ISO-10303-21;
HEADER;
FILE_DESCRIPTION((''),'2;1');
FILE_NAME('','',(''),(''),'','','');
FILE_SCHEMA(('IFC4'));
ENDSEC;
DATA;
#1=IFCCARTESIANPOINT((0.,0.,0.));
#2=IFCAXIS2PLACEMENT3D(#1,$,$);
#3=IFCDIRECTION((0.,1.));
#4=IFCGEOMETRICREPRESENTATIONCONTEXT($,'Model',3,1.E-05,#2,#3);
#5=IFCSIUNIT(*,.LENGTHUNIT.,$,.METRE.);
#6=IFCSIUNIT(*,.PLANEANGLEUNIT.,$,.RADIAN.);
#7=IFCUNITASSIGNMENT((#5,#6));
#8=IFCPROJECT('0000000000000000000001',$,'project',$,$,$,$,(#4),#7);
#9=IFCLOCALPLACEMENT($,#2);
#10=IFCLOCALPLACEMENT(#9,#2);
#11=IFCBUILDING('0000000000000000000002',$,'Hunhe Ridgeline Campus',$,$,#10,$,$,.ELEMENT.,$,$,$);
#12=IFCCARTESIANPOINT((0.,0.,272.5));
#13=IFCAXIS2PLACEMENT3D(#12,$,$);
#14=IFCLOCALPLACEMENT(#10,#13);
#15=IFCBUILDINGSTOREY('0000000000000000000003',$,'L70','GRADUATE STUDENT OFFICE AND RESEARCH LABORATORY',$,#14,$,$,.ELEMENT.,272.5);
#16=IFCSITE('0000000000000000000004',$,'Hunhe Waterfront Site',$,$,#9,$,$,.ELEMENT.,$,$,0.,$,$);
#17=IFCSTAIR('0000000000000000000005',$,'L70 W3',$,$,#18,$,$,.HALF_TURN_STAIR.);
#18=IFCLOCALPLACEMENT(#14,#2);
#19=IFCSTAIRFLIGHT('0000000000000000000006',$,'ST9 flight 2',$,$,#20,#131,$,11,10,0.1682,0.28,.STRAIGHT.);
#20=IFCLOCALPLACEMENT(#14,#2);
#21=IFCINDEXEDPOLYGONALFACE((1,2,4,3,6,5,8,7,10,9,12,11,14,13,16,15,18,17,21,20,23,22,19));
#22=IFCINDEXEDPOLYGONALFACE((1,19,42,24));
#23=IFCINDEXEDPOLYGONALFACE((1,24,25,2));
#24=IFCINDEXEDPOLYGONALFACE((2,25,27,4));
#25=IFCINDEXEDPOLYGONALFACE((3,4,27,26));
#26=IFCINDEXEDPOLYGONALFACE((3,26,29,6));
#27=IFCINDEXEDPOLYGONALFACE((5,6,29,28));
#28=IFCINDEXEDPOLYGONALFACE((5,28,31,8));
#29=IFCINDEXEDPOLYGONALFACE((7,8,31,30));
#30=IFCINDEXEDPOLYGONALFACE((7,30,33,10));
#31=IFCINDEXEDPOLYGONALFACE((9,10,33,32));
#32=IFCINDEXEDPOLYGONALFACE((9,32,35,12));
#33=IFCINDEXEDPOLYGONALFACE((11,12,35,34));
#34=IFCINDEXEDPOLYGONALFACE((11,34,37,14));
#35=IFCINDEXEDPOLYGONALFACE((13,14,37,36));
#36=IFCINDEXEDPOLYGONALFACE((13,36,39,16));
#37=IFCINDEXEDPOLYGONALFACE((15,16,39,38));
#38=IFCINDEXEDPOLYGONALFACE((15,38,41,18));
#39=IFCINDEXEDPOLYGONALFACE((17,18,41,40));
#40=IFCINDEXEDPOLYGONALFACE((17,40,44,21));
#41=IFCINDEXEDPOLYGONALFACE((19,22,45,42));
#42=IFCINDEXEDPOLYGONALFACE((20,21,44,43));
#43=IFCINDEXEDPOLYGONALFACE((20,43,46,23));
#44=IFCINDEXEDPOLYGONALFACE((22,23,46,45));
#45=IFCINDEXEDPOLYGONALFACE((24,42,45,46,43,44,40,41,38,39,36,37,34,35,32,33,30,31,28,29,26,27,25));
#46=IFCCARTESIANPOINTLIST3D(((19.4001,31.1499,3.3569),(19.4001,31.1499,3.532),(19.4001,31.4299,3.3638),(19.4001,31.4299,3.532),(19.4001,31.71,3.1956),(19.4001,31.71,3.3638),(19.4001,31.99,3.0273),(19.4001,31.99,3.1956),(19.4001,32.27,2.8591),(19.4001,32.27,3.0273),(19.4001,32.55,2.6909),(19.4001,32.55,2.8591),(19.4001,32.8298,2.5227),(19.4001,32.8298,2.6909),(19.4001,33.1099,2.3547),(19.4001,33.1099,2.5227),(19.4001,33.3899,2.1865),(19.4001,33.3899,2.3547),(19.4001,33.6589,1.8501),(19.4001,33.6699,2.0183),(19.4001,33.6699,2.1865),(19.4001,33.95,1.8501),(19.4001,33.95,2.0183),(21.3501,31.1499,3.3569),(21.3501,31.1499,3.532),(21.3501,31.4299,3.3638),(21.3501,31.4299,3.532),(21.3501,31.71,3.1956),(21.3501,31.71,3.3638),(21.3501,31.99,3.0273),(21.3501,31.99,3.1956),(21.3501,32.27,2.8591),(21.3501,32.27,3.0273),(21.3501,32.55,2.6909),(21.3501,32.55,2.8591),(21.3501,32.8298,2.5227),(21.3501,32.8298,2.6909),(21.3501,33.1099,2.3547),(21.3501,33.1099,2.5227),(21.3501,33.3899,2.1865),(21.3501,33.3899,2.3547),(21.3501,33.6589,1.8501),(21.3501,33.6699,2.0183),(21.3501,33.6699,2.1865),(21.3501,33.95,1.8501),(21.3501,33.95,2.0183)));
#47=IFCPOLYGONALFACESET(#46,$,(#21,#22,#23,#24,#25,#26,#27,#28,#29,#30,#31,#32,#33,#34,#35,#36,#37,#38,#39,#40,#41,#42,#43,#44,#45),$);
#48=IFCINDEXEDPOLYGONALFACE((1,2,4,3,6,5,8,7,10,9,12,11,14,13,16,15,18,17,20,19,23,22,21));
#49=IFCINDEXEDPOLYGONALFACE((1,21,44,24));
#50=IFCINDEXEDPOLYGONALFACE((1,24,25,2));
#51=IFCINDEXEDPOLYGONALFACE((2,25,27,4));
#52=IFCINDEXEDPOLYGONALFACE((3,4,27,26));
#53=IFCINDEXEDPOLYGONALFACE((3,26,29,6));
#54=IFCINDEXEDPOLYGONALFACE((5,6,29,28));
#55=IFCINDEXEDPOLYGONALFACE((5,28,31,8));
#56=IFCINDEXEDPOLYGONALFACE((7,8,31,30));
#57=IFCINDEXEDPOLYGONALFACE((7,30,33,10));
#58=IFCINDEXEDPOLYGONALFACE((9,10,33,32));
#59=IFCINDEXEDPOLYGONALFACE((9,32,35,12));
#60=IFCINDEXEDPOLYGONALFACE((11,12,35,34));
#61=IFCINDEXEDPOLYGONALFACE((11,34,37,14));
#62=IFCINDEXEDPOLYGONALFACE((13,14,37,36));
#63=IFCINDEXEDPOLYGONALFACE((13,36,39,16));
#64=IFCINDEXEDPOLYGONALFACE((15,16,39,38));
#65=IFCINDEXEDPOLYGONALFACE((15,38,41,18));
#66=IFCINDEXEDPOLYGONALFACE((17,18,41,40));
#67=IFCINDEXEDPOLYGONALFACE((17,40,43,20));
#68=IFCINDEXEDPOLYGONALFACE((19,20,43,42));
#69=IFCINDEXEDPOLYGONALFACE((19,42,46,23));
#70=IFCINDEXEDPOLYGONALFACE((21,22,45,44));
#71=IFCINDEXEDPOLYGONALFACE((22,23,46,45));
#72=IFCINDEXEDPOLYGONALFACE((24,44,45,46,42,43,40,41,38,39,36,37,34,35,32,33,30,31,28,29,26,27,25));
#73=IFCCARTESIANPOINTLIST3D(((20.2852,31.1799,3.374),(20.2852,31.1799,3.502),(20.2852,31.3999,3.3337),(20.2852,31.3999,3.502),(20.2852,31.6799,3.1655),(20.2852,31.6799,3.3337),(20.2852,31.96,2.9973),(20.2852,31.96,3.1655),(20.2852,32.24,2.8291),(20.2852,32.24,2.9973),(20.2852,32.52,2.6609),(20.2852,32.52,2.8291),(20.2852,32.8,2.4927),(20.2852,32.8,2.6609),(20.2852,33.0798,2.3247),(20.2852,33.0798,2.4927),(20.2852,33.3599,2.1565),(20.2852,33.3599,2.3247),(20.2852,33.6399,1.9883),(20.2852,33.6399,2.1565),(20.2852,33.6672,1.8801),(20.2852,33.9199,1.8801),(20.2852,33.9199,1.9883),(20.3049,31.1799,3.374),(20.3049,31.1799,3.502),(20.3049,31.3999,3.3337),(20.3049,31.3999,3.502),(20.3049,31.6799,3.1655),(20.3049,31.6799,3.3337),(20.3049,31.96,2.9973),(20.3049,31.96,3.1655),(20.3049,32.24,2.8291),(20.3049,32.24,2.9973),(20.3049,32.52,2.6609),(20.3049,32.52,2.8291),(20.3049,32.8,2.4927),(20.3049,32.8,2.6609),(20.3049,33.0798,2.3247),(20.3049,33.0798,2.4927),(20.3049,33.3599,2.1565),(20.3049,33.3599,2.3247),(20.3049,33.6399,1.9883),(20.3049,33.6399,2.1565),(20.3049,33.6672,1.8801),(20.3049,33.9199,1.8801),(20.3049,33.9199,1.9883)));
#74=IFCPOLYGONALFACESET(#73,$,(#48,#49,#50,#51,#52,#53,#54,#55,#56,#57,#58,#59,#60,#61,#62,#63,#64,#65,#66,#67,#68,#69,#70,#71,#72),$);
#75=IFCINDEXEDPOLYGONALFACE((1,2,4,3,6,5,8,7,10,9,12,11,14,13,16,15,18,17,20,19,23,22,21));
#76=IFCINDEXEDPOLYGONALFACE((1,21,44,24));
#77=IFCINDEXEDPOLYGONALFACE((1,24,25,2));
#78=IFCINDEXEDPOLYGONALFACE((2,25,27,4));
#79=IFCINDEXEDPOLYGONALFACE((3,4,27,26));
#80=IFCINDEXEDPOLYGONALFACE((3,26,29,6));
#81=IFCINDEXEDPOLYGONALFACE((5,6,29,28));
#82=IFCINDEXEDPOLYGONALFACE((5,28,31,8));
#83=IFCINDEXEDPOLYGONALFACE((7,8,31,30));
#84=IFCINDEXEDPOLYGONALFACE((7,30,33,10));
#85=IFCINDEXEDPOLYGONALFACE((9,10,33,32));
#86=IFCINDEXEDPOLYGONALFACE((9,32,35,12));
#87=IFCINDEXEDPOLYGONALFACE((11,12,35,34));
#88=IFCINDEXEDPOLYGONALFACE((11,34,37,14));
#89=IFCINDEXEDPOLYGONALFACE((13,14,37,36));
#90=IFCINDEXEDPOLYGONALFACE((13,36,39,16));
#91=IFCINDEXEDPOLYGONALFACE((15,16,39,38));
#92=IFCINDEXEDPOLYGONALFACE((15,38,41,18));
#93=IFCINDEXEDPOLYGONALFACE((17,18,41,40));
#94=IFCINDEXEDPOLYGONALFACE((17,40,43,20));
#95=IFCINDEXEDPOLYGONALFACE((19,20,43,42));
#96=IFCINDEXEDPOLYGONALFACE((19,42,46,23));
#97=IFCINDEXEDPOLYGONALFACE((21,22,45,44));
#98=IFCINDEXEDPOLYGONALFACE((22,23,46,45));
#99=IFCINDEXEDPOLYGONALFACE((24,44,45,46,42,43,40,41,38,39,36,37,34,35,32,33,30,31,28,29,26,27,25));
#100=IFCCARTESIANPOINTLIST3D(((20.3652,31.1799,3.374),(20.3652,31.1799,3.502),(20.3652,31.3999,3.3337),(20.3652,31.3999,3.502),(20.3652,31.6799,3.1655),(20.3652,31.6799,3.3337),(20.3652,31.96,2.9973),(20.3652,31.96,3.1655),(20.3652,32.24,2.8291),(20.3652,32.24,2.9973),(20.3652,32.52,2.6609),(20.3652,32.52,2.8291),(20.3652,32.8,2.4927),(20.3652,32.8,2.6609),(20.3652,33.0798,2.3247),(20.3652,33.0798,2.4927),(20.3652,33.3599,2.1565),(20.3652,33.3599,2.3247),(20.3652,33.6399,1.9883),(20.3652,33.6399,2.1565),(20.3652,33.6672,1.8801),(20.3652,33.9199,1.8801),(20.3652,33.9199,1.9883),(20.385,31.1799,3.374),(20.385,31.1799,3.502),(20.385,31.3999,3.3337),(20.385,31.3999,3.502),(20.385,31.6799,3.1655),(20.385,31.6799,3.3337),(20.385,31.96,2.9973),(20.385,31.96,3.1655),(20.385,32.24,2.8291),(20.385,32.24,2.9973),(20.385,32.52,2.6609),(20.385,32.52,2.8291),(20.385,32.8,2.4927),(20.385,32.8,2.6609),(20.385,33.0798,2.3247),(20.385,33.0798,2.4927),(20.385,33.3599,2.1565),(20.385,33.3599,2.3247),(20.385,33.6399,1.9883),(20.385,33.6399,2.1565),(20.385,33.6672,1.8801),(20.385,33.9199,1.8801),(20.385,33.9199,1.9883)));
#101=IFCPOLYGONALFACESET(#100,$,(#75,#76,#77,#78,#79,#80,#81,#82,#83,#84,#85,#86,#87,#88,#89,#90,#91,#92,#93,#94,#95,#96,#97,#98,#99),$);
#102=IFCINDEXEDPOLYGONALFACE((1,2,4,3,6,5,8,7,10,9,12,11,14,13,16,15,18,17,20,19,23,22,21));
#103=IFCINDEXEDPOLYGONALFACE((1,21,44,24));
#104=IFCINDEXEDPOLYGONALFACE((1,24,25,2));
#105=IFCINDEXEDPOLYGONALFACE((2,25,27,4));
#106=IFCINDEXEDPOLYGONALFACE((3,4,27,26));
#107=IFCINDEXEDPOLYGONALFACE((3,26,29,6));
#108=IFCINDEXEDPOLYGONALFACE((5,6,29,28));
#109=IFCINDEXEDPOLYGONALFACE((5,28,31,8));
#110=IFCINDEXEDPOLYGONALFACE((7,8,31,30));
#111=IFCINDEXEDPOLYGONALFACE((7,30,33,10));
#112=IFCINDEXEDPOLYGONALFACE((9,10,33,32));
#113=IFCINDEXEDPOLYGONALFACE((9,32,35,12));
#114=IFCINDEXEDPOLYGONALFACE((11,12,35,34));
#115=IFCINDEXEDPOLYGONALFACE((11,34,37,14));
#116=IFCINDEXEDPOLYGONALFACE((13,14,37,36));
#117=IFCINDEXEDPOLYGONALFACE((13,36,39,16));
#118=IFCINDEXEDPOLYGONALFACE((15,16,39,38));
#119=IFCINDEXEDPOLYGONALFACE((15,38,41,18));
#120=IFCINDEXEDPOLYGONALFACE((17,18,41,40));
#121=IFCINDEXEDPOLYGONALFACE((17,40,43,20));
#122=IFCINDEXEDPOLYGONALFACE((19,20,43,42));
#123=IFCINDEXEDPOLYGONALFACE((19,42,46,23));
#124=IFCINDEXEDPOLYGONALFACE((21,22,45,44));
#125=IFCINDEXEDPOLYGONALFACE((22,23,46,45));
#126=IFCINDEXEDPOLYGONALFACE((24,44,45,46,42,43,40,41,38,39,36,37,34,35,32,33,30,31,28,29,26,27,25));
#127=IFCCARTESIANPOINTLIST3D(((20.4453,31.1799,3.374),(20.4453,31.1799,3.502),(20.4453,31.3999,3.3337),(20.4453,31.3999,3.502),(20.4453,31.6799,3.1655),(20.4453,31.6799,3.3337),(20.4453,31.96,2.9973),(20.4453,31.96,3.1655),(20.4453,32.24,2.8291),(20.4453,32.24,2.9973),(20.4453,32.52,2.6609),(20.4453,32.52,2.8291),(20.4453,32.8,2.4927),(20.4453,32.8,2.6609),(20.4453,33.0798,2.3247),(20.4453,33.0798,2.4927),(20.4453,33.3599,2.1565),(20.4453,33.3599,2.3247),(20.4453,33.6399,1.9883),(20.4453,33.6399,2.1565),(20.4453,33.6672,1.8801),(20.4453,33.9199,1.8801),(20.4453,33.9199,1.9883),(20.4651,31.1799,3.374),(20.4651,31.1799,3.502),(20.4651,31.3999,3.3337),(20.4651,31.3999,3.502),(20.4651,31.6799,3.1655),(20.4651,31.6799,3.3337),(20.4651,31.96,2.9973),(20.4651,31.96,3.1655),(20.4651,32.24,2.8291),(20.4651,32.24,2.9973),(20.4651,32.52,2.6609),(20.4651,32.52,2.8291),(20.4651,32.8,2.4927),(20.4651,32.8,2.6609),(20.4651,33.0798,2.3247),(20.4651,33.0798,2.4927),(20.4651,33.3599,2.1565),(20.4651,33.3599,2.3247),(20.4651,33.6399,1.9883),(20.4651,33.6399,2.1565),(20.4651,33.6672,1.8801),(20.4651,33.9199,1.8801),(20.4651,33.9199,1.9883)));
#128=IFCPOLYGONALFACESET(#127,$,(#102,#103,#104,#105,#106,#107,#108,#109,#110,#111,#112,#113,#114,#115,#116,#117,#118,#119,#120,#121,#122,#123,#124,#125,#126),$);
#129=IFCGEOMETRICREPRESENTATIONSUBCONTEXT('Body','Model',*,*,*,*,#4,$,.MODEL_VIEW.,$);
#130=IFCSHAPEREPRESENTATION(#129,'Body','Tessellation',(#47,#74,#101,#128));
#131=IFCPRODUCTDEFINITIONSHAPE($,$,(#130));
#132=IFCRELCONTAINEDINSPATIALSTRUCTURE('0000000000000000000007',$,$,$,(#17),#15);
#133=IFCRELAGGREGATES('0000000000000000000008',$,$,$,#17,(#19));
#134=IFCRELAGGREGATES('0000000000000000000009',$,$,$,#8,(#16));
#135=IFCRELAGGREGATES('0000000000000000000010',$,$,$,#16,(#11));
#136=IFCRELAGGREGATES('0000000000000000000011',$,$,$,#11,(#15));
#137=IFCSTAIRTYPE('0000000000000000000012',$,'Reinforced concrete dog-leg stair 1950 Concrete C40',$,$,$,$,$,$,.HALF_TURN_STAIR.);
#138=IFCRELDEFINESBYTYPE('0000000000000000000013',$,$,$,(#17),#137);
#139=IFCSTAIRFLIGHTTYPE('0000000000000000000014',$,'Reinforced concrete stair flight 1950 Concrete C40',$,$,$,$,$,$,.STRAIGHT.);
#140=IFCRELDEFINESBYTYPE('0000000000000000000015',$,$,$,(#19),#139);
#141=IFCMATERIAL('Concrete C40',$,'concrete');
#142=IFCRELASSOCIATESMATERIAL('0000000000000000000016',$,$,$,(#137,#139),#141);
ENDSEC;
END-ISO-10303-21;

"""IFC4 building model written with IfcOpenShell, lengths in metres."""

from ifc_helpers import new_model, si_unit, direction, frame, origin, place, context, subcontext, project, spatial, polyline, outline, extrude, material, type_object, element, aggregate, save


model = new_model("IFC4")

# Units and contexts
model_context = context("Model", 3, precision=1e-05, world=origin(), true_north=direction((0.0, 1.0)))
body_context = subcontext(model_context, "Body", "Model", "MODEL_VIEW")
ifc_project = project(units=[si_unit("LENGTHUNIT", "METRE"), si_unit("PLANEANGLEUNIT", "RADIAN")], contexts=[model_context])

# Site, building, storey
site_placement = place(None, origin())
site = spatial("IfcSite", under=ifc_project, at=site_placement, Name="Hunhe Waterfront Site", CompositionType="ELEMENT", RefElevation=0.0)
building_placement = place(site_placement, origin())
building = spatial("IfcBuilding", under=site, at=building_placement, Name="Hunhe Ridgeline Campus", CompositionType="ELEMENT")
storey_placement = place(building_placement, frame((0.0, 0.0, 272.5)))
storey = spatial("IfcBuildingStorey", under=building, at=storey_placement, Name="L70", Description="GRADUATE STUDENT OFFICE AND RESEARCH LABORATORY", CompositionType="ELEMENT", Elevation=272.5)

# Stair, stair flight
ifc_material_1 = material(Name="Concrete C40", Category="concrete")
stair_type = type_object("IfcStairType", Name="Reinforced concrete dog-leg stair 1950 Concrete C40", PredefinedType="HALF_TURN_STAIR", material=ifc_material_1)
stair_placement = place(storey_placement, origin())
stair = element("IfcStair", 1, at=stair_placement, inside=storey, type_object=stair_type, Name="L70 W3", PredefinedType="HALF_TURN_STAIR")
stair_flight_type = type_object("IfcStairFlightType", Name="Reinforced concrete stair flight 1950 Concrete C40", PredefinedType="STRAIGHT", material=ifc_material_1)
stair_flight_placement = place(storey_placement, frame((20.375, 33.95, 1.8501), z_axis=(0.0, 0.0, 1.0), x_axis=(0.0, -1.0, 0.0)))
stair_flight = element("IfcStairFlight", 2, at=stair_flight_placement, type_object=stair_flight_type, Name="ST9 flight 2", NumberOfRisers=11, NumberOfTreads=10, PredefinedType="STRAIGHT", RiserHeight=0.1682, TreadLength=0.28, context=body_context, shape_type="SweptSolid", body=[
    extrude(outline(polyline([(0.0, 0.0), (0.0, 0.1682), (0.28, 0.1682), (0.28, 0.3364), (0.5601, 0.3364), (0.5601, 0.5046), (0.8401, 0.5046), (0.8401, 0.6726), (1.1201, 0.6726), (1.1201, 0.8408), (1.3999, 0.8408), (1.3999, 1.009), (1.6799, 1.009), (1.6799, 1.1772), (1.96, 1.1772), (1.96, 1.3455), (2.24, 1.3455), (2.24, 1.5137), (2.52, 1.5137), (2.52, 1.6819), (2.8, 1.6819), (2.8, 1.8501), (2.8, 1.5068), (0.291, 0.0), (0.0, 0.0)])), frame((0.0, 0.9751, 0.0), z_axis=(0.0, -1.0, 0.0), x_axis=(1.0, 0.0, 0.0)), (0.0, 0.0, 1.0), 1.95),
    extrude(outline(polyline([(0.03, 0.03), (0.03, 0.1382), (0.3101, 0.1382), (0.3101, 0.3064), (0.5901, 0.3064), (0.5901, 0.4746), (0.8701, 0.4746), (0.8701, 0.6426), (1.1499, 0.6426), (1.1499, 0.8108), (1.4299, 0.8108), (1.4299, 0.979), (1.71, 0.979), (1.71, 1.1472), (1.99, 1.1472), (1.99, 1.3154), (2.27, 1.3154), (2.27, 1.4836), (2.55, 1.4836), (2.55, 1.6519), (2.77, 1.6519), (2.77, 1.5239), (0.2827, 0.03), (0.03, 0.03)])), frame((0.0, -0.0701, 0.0), z_axis=(0.0, -1.0, 0.0), x_axis=(1.0, 0.0, 0.0)), (0.0, 0.0, 1.0), 0.0198),
    extrude(outline(polyline([(0.03, 0.03), (0.03, 0.1382), (0.3101, 0.1382), (0.3101, 0.3064), (0.5901, 0.3064), (0.5901, 0.4746), (0.8701, 0.4746), (0.8701, 0.6426), (1.1499, 0.6426), (1.1499, 0.8108), (1.4299, 0.8108), (1.4299, 0.979), (1.71, 0.979), (1.71, 1.1472), (1.99, 1.1472), (1.99, 1.3154), (2.27, 1.3154), (2.27, 1.4836), (2.55, 1.4836), (2.55, 1.6519), (2.77, 1.6519), (2.77, 1.5239), (0.2827, 0.03), (0.03, 0.03)])), frame((0.0, 0.01, 0.0), z_axis=(0.0, -1.0, 0.0), x_axis=(1.0, 0.0, 0.0)), (0.0, 0.0, 1.0), 0.0198),
    extrude(outline(polyline([(0.03, 0.03), (0.03, 0.1382), (0.3101, 0.1382), (0.3101, 0.3064), (0.5901, 0.3064), (0.5901, 0.4746), (0.8701, 0.4746), (0.8701, 0.6426), (1.1499, 0.6426), (1.1499, 0.8108), (1.4299, 0.8108), (1.4299, 0.979), (1.71, 0.979), (1.71, 1.1472), (1.99, 1.1472), (1.99, 1.3154), (2.27, 1.3154), (2.27, 1.4836), (2.55, 1.4836), (2.55, 1.6519), (2.77, 1.6519), (2.77, 1.5239), (0.2827, 0.03), (0.03, 0.03)])), frame((0.0, 0.0901, 0.0), z_axis=(0.0, -1.0, 0.0), x_axis=(1.0, 0.0, 0.0)), (0.0, 0.0, 1.0), 0.0198),
])
aggregate(stair, [stair_flight])

save(model, "model.ifc")
